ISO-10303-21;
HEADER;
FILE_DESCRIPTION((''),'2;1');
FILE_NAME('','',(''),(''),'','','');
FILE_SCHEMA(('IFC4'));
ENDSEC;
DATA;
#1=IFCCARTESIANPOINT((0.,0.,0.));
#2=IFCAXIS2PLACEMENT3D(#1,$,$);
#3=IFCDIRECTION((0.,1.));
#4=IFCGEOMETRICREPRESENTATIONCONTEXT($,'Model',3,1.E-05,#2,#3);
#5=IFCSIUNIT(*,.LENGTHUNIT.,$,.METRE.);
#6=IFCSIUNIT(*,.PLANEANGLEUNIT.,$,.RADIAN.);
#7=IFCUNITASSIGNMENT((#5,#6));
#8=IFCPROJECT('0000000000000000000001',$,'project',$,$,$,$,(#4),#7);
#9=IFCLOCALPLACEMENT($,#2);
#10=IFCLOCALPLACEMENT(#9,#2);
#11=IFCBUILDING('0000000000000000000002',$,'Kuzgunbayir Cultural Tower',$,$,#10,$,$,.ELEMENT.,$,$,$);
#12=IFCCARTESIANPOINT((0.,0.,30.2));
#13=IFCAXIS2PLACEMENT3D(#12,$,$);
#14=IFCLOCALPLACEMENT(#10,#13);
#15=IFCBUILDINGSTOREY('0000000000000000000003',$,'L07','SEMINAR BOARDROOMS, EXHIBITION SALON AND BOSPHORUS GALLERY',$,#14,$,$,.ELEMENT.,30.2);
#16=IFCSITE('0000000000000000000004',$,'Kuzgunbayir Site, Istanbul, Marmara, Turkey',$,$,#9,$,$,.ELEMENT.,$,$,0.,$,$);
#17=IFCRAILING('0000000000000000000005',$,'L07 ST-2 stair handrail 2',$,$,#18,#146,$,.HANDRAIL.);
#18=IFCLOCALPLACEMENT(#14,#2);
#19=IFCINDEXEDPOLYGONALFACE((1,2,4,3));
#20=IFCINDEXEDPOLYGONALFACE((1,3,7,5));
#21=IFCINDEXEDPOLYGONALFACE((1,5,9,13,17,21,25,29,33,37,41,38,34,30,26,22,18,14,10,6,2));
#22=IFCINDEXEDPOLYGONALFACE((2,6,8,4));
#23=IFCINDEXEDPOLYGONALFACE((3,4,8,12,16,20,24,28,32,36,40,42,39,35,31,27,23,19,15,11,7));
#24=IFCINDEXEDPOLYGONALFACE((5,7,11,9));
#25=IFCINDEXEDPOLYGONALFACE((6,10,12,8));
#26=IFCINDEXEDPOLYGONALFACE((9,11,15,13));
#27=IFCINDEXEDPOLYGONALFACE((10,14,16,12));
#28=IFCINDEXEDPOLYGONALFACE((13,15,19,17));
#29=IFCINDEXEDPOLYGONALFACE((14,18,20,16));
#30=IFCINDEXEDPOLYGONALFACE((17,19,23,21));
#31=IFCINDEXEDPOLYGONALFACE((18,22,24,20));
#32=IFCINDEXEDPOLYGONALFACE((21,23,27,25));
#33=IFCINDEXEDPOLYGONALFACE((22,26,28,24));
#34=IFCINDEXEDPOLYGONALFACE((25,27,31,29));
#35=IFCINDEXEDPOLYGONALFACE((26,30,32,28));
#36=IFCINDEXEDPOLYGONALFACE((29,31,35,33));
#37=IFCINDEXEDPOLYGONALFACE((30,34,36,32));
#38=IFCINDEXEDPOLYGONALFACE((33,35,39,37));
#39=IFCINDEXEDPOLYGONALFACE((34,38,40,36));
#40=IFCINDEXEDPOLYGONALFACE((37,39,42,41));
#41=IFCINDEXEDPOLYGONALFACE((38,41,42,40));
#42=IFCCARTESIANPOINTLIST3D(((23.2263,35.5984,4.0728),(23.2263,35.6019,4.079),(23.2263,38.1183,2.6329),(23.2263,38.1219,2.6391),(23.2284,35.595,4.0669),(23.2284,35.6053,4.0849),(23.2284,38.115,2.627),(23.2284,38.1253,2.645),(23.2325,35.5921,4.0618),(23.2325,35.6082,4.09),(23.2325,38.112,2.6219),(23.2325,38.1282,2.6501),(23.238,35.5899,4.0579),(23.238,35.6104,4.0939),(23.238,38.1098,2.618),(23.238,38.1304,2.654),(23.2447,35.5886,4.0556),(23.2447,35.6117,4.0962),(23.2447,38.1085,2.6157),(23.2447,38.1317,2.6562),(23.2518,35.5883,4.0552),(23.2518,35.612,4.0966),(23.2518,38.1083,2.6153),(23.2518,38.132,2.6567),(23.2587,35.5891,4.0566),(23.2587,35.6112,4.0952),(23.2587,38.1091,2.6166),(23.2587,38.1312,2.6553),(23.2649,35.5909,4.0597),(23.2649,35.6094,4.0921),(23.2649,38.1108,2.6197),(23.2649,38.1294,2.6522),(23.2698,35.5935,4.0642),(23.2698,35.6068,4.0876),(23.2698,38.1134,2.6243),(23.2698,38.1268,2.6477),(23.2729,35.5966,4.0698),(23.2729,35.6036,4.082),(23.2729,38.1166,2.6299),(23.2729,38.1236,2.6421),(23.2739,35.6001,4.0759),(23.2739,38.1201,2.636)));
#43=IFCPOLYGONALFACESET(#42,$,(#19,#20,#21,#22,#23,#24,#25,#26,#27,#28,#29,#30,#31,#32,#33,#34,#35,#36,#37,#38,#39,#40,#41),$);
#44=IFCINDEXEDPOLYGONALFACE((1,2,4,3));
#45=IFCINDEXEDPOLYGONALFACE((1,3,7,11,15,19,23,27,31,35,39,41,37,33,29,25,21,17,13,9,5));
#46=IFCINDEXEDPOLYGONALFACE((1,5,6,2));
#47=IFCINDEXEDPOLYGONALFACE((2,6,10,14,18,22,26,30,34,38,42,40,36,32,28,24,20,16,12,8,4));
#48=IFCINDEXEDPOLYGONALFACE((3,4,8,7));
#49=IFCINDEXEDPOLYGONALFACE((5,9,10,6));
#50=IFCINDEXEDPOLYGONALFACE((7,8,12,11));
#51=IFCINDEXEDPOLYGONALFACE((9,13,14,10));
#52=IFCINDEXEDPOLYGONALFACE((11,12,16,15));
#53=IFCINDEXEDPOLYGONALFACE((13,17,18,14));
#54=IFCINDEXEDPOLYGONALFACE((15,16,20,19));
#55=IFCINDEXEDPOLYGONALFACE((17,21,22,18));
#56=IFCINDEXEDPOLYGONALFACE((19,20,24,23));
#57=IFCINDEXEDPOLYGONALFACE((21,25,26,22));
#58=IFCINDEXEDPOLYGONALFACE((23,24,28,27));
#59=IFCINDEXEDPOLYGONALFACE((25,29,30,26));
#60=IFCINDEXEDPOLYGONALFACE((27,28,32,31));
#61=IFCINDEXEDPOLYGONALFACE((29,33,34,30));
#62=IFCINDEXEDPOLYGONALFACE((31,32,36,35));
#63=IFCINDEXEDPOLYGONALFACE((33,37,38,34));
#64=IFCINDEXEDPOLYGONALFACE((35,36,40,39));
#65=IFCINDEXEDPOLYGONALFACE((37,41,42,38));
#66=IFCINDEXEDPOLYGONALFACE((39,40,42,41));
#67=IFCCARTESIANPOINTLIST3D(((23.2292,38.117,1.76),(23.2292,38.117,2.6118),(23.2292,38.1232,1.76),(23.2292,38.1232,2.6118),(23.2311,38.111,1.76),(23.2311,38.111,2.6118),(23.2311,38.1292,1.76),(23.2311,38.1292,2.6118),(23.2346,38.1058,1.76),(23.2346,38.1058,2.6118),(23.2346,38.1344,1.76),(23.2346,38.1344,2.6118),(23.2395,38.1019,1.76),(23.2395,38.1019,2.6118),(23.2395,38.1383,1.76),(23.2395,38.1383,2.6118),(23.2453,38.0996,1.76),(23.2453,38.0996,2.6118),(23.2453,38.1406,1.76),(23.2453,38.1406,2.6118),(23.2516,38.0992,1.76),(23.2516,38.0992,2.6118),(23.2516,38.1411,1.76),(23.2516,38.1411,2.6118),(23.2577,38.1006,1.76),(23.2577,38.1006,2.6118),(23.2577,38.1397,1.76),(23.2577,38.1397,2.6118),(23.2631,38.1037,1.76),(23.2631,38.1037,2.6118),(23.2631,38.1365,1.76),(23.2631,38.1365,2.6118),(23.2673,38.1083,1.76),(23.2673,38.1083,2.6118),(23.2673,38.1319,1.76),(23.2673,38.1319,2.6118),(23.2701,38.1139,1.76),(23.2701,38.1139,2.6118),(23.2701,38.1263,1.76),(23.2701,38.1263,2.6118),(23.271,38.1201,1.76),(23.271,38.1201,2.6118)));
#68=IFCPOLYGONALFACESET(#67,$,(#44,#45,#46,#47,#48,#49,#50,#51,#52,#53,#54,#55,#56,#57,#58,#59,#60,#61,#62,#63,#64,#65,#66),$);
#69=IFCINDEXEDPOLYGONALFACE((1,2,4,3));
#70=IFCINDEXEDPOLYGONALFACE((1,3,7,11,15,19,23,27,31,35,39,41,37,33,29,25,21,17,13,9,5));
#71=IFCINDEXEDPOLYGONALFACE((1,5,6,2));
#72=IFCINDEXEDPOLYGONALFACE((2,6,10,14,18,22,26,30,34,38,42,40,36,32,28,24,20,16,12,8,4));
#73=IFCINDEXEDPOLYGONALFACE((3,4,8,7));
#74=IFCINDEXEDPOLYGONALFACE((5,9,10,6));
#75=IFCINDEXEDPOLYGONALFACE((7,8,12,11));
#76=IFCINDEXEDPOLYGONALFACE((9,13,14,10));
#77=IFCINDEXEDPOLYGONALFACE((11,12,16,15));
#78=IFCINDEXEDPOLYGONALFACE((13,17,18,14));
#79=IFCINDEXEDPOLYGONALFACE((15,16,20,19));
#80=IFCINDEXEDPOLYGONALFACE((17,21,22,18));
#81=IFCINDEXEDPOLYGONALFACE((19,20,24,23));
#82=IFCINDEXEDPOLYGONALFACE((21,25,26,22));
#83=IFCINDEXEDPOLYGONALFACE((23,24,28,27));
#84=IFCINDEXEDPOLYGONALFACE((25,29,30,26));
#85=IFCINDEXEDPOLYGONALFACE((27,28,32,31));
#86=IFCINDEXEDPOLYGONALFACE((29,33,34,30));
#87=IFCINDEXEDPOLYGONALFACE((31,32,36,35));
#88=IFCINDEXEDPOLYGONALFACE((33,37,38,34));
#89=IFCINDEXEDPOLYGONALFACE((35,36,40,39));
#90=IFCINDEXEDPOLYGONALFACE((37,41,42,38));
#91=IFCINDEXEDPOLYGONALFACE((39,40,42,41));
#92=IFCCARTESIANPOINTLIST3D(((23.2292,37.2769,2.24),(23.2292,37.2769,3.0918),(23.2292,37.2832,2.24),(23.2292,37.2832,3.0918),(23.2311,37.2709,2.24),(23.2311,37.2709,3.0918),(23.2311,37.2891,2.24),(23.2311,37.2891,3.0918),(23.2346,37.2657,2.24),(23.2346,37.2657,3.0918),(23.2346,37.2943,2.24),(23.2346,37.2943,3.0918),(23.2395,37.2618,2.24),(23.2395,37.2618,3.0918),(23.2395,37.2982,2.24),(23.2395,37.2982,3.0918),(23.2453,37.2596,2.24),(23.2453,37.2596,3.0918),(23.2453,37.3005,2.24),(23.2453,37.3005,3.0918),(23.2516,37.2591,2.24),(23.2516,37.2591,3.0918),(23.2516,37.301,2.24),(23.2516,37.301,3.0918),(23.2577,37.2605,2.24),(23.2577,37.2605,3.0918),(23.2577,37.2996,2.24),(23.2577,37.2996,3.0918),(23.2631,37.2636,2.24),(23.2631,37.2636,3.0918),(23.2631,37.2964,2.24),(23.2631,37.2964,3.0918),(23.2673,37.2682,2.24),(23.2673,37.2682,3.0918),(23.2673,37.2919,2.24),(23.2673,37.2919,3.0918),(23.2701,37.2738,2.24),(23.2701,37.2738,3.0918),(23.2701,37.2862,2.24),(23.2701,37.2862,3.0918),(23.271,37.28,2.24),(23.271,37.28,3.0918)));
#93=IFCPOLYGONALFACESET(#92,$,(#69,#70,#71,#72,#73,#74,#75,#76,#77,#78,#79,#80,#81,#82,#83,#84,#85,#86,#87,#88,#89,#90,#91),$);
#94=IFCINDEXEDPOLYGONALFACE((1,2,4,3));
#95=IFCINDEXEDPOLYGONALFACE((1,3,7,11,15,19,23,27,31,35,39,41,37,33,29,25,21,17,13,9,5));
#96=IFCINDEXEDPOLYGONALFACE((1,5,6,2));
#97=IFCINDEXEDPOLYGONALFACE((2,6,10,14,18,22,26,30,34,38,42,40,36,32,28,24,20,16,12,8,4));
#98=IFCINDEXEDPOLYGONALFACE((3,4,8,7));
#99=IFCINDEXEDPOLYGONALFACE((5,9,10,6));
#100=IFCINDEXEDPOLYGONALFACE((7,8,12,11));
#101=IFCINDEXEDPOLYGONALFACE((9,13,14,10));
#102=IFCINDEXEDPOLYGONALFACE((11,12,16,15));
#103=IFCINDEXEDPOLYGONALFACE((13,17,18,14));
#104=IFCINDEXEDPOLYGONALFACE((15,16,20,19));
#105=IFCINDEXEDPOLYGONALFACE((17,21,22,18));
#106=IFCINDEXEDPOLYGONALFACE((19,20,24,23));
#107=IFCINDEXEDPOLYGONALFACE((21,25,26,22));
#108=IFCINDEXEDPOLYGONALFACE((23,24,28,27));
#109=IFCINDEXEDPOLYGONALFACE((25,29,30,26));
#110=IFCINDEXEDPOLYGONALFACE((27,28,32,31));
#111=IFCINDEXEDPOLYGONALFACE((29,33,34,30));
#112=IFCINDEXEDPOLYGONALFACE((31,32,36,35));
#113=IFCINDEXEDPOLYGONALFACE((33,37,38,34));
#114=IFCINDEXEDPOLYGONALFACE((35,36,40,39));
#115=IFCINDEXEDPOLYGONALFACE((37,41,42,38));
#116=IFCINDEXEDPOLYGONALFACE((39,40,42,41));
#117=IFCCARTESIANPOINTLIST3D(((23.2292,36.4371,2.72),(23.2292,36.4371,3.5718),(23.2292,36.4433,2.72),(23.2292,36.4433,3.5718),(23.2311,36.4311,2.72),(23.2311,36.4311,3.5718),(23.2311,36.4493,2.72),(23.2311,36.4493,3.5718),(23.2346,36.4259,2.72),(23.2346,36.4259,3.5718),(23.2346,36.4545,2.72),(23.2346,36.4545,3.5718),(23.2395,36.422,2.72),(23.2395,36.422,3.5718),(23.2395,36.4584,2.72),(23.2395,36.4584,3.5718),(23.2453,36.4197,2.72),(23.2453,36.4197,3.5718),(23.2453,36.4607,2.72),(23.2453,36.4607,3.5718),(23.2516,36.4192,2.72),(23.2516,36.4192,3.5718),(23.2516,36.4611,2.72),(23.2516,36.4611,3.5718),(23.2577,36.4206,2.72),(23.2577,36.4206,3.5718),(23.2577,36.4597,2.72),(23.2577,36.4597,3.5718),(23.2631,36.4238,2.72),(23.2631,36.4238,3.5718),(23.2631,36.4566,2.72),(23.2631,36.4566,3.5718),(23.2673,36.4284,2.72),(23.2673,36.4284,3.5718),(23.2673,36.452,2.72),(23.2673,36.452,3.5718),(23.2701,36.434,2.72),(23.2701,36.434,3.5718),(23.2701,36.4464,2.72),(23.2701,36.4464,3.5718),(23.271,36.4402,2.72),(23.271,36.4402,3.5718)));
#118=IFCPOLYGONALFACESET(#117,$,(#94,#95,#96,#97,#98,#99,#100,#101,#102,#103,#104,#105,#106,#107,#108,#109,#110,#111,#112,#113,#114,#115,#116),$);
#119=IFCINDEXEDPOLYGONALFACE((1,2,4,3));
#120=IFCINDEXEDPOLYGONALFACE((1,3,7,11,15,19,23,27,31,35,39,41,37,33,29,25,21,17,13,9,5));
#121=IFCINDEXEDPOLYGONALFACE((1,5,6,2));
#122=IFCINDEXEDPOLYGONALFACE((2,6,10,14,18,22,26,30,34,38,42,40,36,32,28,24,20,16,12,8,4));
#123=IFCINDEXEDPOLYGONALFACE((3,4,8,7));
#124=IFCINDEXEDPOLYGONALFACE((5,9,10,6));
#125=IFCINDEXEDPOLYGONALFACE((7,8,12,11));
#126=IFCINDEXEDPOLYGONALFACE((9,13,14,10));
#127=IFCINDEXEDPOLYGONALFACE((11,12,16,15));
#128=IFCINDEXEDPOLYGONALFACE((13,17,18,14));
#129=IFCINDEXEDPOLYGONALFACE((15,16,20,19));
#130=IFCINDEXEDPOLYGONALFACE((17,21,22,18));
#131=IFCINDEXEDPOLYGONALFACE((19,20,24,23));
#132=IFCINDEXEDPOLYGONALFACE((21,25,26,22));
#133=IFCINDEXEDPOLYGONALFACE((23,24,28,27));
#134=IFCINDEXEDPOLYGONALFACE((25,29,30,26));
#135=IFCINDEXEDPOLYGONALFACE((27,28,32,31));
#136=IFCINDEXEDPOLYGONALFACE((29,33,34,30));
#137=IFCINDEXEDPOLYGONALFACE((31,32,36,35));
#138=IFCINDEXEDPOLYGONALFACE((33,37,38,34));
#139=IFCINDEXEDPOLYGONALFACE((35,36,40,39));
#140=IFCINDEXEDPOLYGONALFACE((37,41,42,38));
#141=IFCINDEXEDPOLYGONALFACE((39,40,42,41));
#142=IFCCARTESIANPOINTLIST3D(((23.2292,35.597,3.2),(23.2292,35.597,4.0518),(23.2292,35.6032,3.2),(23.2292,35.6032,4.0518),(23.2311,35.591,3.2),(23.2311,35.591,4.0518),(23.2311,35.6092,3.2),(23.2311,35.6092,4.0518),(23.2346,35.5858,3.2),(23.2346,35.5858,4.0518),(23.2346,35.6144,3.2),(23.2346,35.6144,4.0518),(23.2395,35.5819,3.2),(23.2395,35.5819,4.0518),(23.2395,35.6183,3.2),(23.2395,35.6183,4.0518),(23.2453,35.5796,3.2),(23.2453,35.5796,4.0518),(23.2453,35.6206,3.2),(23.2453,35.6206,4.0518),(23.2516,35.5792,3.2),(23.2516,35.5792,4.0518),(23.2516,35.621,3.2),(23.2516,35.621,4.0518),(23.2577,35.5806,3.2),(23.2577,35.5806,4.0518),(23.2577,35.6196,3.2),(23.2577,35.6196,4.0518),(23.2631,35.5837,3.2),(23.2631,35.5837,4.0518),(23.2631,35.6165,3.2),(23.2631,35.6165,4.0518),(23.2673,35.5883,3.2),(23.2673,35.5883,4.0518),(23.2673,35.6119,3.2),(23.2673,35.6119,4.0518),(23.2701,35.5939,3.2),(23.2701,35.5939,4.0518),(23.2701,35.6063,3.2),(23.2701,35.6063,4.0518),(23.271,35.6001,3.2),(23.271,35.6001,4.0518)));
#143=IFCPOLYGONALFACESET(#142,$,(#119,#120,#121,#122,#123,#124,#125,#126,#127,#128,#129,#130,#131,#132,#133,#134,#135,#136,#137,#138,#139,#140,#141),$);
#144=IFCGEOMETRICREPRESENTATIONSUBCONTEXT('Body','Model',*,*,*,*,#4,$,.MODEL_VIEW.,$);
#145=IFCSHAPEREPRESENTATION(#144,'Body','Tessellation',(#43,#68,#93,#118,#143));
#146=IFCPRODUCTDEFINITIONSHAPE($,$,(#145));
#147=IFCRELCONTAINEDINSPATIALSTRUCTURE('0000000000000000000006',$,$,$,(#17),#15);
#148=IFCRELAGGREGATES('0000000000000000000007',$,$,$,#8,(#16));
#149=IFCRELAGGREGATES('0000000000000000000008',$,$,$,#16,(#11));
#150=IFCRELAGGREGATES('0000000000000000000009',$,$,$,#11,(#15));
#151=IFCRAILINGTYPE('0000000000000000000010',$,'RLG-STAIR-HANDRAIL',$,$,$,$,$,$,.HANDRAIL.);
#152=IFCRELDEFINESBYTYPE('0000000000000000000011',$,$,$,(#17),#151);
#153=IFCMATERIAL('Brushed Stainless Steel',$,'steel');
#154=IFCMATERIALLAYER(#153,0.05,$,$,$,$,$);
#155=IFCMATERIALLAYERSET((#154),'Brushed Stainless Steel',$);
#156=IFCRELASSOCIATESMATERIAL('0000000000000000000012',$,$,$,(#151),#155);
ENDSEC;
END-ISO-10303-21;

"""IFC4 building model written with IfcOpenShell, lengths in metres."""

from ifc_helpers import new_model, si_unit, direction, frame, origin, origin_2d, place, context, subcontext, project, spatial, circle, extrude, material, layer, layer_set, type_object, element, save


model = new_model("IFC4")

# Units and contexts
model_context = context("Model", 3, precision=1e-05, world=origin(), true_north=direction((0.0, 1.0)))
body_context = subcontext(model_context, "Body", "Model", "MODEL_VIEW")
ifc_project = project(units=[si_unit("LENGTHUNIT", "METRE"), si_unit("PLANEANGLEUNIT", "RADIAN")], contexts=[model_context])

# Site, building, storey
site_placement = place(None, origin())
site = spatial("IfcSite", under=ifc_project, at=site_placement, Name="Kuzgunbayir Site, Istanbul, Marmara, Turkey", CompositionType="ELEMENT", RefElevation=0.0)
building_placement = place(site_placement, origin())
building = spatial("IfcBuilding", under=site, at=building_placement, Name="Kuzgunbayir Cultural Tower", CompositionType="ELEMENT")
storey_placement = place(building_placement, frame((0.0, 0.0, 30.2)))
storey = spatial("IfcBuildingStorey", under=building, at=storey_placement, Name="L07", Description="SEMINAR BOARDROOMS, EXHIBITION SALON AND BOSPHORUS GALLERY", CompositionType="ELEMENT", Elevation=30.2)

# Railing
ifc_material_1 = material(Name="Brushed Stainless Steel", Category="steel")
ifc_layer_1 = layer(ifc_material_1, 0.05)
ifc_layer_set_1 = layer_set([ifc_layer_1], Name="Brushed Stainless Steel")
railing_type_1 = type_object("IfcRailingType", Name="RLG-STAIR-HANDRAIL", PredefinedType="HANDRAIL", material=ifc_layer_set_1)
railing_1_placement = place(storey_placement, frame((23.25, 38.1201, 1.76)))
element("IfcRailing", 1, at=railing_1_placement, inside=storey, type_object=railing_type_1, Name="L07 ST-2 stair handrail 2", PredefinedType="HANDRAIL", context=body_context, shape_type="SweptSolid", body=[
    extrude(circle(Radius=0.0239, at=origin_2d()), frame((0.0, 0.0, 0.876), z_axis=(0.0, -0.868253, 0.496121), x_axis=(1.0, 0.0, 0.0)), (0.0, 0.0, 1.0), 2.9023),
    extrude(circle(Radius=0.021, at=origin_2d()), origin(), (0.0, 0.0, 1.0), 0.8518),
    extrude(circle(Radius=0.021, at=origin_2d()), frame((0.0, -0.8401, 0.48)), (0.0, 0.0, 1.0), 0.8518),
    extrude(circle(Radius=0.021, at=origin_2d()), frame((0.0, -1.6799, 0.96)), (0.0, 0.0, 1.0), 0.8518),
    extrude(circle(Radius=0.021, at=origin_2d()), frame((0.0, -2.52, 1.4399)), (0.0, 0.0, 1.0), 0.8518),
])

save(model, "model.ifc")
